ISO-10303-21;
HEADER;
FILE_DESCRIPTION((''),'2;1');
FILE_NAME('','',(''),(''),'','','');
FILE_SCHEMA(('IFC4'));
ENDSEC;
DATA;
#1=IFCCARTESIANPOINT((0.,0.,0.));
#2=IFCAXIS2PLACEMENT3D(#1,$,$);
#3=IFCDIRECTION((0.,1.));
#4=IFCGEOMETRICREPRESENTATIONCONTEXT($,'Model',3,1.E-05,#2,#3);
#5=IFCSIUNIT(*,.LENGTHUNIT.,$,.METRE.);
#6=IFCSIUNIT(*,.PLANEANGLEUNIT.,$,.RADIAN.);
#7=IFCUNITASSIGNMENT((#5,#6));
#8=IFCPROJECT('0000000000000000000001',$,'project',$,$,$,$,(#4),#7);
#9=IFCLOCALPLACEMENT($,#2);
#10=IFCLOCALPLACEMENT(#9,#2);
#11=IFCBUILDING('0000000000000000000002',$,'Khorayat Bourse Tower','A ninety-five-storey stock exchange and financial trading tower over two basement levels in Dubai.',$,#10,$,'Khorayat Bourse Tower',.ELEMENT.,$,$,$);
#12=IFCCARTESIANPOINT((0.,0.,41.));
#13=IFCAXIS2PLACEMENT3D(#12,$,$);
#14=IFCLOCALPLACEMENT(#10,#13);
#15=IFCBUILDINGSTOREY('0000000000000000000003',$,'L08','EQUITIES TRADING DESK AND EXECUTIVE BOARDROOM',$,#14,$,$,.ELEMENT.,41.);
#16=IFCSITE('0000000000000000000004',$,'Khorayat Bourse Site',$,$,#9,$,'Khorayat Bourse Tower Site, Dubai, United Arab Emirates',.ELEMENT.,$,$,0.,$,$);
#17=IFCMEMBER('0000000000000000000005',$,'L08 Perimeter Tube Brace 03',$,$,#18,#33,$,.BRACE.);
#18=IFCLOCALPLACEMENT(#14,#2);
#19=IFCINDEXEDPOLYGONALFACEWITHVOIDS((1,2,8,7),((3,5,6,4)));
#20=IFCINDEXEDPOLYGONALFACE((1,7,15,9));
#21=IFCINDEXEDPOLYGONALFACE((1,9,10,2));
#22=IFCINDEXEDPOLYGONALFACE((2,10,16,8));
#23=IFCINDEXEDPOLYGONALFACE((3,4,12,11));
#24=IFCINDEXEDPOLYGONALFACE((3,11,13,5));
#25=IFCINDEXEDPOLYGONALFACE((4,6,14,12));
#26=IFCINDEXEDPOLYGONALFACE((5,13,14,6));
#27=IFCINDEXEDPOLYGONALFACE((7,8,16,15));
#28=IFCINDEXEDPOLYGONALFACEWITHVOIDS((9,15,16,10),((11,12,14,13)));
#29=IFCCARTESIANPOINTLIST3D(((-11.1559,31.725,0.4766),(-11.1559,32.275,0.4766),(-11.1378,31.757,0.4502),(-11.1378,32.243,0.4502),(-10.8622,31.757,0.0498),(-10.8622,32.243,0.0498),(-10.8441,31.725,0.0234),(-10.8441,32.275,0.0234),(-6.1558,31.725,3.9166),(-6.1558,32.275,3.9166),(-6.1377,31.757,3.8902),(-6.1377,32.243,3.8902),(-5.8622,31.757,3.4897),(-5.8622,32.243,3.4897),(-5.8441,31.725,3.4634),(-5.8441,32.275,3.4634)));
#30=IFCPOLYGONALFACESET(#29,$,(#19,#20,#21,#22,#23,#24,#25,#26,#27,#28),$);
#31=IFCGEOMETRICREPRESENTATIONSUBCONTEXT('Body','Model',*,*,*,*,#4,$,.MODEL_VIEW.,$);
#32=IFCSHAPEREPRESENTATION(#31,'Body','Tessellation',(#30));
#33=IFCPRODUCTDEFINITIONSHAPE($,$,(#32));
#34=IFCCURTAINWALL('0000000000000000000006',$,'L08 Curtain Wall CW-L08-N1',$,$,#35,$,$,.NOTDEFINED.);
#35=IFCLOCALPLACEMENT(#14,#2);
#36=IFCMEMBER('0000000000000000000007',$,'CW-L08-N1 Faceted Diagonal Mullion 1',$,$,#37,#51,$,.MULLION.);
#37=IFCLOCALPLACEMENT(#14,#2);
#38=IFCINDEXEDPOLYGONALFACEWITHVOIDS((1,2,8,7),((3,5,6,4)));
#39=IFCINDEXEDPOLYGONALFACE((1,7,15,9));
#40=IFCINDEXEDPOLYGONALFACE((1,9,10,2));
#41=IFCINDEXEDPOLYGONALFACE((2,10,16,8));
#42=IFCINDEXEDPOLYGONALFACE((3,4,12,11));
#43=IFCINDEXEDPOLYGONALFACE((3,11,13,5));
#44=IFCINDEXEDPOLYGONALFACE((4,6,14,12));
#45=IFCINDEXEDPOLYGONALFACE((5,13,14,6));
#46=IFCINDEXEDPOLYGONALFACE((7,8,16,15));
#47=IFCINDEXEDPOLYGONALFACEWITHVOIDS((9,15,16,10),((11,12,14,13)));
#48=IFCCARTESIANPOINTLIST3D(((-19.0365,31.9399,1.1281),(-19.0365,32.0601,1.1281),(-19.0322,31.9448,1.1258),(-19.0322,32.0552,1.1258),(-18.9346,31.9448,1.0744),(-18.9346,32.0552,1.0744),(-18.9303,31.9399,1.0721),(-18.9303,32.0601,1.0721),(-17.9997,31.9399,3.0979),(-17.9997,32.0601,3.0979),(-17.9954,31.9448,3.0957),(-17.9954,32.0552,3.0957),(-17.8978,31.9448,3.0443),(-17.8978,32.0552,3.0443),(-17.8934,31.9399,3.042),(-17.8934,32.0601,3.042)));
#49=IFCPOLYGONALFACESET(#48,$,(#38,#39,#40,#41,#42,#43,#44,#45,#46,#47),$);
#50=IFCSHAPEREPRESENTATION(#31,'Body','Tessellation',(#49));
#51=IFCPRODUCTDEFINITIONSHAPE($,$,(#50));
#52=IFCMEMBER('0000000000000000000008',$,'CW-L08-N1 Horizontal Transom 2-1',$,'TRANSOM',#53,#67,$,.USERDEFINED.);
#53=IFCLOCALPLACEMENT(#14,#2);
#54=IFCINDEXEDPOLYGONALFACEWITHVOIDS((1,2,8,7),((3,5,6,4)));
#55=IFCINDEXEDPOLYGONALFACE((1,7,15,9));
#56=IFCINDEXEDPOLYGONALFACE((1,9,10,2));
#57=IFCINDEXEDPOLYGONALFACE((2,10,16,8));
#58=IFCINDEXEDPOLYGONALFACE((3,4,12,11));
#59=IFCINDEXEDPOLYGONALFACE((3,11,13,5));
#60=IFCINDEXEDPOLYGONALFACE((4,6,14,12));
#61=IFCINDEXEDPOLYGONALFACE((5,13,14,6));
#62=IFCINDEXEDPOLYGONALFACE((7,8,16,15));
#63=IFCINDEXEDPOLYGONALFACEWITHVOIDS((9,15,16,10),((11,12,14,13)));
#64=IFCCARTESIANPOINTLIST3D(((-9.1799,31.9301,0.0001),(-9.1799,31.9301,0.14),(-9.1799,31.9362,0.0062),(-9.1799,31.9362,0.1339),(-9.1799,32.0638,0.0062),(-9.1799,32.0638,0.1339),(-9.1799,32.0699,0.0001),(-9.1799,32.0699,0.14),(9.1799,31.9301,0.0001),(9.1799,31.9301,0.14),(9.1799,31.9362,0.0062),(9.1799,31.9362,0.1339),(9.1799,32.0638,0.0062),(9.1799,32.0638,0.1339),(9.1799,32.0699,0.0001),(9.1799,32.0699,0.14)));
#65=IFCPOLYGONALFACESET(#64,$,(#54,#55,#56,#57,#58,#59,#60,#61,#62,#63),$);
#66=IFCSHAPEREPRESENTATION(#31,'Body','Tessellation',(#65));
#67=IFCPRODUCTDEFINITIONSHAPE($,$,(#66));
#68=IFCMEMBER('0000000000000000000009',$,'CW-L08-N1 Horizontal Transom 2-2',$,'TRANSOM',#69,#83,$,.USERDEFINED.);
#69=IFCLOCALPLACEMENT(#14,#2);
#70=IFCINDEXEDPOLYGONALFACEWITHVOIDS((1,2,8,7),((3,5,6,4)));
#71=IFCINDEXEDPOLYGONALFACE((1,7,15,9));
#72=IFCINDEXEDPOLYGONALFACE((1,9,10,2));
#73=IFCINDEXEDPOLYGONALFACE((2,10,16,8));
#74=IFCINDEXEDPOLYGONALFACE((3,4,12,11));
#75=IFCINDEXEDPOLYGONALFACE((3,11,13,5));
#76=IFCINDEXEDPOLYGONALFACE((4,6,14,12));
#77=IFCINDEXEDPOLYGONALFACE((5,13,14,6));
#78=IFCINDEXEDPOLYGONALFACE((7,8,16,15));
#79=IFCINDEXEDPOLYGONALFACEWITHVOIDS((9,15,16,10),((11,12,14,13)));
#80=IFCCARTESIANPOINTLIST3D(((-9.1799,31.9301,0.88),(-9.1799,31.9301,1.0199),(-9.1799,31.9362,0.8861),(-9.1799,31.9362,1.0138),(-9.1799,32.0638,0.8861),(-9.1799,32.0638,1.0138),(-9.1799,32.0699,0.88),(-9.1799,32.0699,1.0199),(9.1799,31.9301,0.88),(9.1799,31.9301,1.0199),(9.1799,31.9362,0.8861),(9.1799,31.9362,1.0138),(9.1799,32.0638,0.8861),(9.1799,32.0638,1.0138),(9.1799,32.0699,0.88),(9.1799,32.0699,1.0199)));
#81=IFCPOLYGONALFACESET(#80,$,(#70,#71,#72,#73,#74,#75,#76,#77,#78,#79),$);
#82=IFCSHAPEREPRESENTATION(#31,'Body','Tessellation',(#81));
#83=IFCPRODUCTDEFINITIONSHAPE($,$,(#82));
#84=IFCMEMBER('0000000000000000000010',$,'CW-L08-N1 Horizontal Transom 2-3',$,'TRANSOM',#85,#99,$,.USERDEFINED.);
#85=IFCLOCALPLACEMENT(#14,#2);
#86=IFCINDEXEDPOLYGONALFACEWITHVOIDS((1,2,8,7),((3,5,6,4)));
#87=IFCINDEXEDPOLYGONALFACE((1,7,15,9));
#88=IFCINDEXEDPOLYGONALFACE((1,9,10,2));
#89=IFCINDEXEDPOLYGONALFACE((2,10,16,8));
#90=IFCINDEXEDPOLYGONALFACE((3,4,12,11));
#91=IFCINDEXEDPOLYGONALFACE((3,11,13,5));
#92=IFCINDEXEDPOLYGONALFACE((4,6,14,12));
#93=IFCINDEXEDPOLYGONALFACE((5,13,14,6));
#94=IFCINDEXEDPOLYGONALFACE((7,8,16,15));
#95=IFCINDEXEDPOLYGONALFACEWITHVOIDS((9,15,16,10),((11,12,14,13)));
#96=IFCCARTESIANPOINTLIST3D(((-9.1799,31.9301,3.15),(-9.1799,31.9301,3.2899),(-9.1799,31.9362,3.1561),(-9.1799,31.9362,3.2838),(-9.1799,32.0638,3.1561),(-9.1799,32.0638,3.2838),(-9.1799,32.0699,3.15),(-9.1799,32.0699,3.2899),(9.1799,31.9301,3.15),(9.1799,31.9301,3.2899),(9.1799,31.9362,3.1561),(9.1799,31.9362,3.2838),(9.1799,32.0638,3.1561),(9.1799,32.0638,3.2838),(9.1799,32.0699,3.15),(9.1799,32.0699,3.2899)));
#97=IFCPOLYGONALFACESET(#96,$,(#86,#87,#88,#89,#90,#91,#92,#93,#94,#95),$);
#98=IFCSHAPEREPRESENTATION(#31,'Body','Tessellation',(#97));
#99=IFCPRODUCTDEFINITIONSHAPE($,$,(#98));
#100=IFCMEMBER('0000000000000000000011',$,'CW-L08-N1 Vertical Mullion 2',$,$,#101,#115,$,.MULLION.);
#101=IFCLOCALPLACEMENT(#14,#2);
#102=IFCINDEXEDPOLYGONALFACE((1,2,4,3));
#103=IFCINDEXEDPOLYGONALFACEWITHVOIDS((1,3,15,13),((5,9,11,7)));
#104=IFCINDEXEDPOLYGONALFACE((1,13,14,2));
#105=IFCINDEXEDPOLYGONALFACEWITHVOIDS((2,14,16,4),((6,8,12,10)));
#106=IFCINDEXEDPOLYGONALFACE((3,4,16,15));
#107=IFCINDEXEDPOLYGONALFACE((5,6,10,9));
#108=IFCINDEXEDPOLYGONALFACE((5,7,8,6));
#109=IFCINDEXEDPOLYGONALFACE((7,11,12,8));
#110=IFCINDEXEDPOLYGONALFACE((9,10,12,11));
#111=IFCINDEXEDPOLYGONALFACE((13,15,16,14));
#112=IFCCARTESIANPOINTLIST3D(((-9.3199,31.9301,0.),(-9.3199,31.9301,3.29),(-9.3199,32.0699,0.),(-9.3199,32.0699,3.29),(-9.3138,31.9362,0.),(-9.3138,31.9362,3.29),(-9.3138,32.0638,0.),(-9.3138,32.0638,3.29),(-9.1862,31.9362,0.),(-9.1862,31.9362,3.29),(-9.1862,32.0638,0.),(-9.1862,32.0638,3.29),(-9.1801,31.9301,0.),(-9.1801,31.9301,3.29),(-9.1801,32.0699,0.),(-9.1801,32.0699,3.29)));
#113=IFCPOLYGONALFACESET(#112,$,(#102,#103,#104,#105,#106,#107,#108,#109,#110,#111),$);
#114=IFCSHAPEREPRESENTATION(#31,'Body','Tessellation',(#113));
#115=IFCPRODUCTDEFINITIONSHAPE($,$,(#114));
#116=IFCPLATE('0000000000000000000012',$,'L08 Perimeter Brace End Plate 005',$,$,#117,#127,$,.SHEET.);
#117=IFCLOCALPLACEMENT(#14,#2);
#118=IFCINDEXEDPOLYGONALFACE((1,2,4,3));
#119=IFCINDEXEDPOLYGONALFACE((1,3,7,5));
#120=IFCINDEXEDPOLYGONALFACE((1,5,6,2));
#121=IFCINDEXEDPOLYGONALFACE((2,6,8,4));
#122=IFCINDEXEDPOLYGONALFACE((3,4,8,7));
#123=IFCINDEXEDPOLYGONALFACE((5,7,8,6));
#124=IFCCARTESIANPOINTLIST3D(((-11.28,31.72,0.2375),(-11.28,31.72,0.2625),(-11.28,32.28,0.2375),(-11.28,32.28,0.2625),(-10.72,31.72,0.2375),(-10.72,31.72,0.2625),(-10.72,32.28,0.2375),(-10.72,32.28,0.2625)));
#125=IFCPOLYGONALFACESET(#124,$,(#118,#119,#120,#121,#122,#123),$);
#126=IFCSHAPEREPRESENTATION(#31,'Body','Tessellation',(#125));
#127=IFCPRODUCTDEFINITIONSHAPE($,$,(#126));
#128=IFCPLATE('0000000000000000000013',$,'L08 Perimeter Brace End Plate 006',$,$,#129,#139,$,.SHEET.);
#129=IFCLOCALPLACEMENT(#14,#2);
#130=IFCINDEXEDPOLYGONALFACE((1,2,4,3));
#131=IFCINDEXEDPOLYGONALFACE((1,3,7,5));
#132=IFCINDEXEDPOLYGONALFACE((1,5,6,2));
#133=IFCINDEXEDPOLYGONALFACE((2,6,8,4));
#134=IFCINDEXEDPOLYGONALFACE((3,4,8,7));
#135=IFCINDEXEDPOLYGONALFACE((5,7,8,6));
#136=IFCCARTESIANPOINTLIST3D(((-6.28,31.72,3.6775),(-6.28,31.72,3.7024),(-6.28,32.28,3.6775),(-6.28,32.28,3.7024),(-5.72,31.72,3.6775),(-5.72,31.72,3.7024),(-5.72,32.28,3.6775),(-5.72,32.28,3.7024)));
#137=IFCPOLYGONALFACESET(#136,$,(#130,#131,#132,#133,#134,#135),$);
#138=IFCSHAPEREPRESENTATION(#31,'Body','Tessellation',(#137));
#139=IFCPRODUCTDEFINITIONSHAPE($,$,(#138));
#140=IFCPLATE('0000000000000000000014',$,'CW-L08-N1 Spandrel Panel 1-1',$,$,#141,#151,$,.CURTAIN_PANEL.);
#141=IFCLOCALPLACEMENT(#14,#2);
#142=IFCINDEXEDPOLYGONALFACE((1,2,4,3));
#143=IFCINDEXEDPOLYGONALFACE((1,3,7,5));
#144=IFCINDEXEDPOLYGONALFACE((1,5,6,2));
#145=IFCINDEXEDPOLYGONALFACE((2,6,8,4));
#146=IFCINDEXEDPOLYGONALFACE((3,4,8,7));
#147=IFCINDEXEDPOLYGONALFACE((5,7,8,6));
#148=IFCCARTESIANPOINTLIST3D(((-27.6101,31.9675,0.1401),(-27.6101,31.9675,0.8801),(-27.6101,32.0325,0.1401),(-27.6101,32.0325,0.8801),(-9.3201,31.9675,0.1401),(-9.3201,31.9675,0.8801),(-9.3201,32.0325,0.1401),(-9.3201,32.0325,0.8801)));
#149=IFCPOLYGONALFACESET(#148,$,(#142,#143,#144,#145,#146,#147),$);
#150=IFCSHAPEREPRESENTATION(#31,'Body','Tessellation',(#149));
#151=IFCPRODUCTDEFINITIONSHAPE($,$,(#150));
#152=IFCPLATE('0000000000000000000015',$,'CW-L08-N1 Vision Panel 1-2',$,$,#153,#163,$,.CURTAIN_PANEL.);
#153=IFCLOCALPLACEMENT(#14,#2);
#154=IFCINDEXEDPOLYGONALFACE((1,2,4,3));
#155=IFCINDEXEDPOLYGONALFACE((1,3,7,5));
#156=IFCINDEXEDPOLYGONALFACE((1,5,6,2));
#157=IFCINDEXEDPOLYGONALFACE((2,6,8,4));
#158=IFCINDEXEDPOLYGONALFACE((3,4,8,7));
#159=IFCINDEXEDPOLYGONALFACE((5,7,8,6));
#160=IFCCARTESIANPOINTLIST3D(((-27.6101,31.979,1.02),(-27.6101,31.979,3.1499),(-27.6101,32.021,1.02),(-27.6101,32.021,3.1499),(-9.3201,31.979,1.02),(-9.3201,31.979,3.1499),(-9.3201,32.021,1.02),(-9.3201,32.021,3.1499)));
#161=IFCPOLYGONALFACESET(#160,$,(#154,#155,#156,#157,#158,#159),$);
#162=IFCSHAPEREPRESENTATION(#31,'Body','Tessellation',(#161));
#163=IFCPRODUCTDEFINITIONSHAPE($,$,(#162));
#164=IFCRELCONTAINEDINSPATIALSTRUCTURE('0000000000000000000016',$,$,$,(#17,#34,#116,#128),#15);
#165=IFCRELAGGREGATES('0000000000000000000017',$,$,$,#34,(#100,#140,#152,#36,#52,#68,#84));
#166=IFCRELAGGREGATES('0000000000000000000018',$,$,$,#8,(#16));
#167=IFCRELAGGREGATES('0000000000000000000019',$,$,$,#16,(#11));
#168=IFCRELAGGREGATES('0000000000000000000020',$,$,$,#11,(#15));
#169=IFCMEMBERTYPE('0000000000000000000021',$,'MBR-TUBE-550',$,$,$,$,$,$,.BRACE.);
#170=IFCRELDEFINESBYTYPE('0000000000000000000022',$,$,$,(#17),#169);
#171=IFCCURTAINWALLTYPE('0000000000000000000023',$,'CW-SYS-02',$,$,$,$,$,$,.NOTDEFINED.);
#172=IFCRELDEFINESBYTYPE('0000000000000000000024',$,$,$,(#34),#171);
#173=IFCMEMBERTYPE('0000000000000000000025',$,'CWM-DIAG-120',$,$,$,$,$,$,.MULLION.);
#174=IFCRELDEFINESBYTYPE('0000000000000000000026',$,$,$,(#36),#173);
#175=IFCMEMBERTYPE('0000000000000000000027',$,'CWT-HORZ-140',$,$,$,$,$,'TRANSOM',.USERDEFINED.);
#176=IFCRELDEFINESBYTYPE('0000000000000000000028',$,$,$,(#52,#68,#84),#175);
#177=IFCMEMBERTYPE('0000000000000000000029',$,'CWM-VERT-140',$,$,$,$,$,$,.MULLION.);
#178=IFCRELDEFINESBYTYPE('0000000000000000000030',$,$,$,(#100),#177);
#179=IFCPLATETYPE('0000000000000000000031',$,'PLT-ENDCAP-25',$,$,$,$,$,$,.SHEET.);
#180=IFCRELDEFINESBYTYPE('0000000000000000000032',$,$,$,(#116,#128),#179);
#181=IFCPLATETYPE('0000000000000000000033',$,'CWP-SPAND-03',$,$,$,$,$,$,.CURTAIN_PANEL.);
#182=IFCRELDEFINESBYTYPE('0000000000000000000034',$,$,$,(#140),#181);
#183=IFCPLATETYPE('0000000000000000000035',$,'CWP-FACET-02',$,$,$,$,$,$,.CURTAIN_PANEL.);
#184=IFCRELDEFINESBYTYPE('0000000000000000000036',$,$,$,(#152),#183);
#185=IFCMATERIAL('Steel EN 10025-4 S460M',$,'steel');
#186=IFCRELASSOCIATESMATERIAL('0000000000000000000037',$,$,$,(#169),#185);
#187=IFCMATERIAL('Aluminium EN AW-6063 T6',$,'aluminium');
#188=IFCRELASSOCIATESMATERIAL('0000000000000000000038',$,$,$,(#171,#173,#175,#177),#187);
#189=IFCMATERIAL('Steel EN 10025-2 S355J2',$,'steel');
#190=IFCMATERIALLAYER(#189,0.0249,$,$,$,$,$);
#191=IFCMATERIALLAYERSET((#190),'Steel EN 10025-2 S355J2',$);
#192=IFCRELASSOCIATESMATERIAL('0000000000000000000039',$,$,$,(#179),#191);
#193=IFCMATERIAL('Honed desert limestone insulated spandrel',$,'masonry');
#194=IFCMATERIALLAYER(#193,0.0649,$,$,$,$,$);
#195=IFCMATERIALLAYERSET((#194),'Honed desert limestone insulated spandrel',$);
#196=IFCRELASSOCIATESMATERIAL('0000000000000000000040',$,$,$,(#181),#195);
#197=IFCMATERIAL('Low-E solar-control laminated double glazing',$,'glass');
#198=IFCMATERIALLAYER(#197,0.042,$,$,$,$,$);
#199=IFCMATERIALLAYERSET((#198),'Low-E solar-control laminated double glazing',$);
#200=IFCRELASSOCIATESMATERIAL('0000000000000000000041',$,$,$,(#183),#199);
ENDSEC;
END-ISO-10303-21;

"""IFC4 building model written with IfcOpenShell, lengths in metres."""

from ifc_helpers import new_model, si_unit, direction, frame, origin, origin_2d, place, context, subcontext, project, spatial, rectangle, hollow_rectangle, extrude, source, transform, mapped, material, layer, layer_set, material_profile, profile_set, type_object, element, aggregate, save


model = new_model("IFC4")

# Units and contexts
model_context = context("Model", 3, precision=1e-05, world=origin(), true_north=direction((0.0, 1.0)))
body_context = subcontext(model_context, "Body", "Model", "MODEL_VIEW")
ifc_project = project(units=[si_unit("LENGTHUNIT", "METRE"), si_unit("PLANEANGLEUNIT", "RADIAN")], contexts=[model_context])

# Site, building, storey
site_placement = place(None, origin())
site = spatial("IfcSite", under=ifc_project, at=site_placement, Name="Khorayat Bourse Site", LongName="Khorayat Bourse Tower Site, Dubai, United Arab Emirates", CompositionType="ELEMENT", RefElevation=0.0)
building_placement = place(site_placement, origin())
building = spatial("IfcBuilding", under=site, at=building_placement, Name="Khorayat Bourse Tower", Description="A ninety-five-storey stock exchange and financial trading tower over two basement levels in Dubai.", LongName="Khorayat Bourse Tower", CompositionType="ELEMENT")
storey_placement = place(building_placement, frame((0.0, 0.0, 41.0)))
storey = spatial("IfcBuildingStorey", under=building, at=storey_placement, Name="L08", Description="EQUITIES TRADING DESK AND EXECUTIVE BOARDROOM", CompositionType="ELEMENT", Elevation=41.0)

# Shared definitions
ifc_material_1 = material(Name="Steel EN 10025-4 S460M", Category="steel")

# Member
ifc_material_profile_1 = material_profile(ifc_material_1, hollow_rectangle(XDim=0.55, YDim=0.55, WallThickness=0.032, at=origin_2d()), Name="HSS 550x550x32")
ifc_profile_set_1 = profile_set([ifc_material_profile_1], Name="Steel EN 10025-4 S460M")
member_type_1 = type_object("IfcMemberType", Name="MBR-TUBE-550", PredefinedType="BRACE", material=ifc_profile_set_1)
shared_shape_1 = source(origin(), body_context, "Body", "SweptSolid", [
    extrude(hollow_rectangle(XDim=0.55, YDim=0.55, WallThickness=0.032, at=origin_2d()), origin(), (0.0, 0.0, 1.0), 6.0691),
])
member_1_placement = place(storey_placement, frame((-11.0, 32.0, 0.25), z_axis=(0.823854, 0.0, 0.566802), x_axis=(0.0, 1.0, 0.0)))
element("IfcMember", 1, at=member_1_placement, inside=storey, type_object=member_type_1, Name="L08 Perimeter Tube Brace 03", PredefinedType="BRACE", context=body_context, shape_type="MappedRepresentation", body=[
    mapped(shared_shape_1, transform((0.0, 0.0, 0.0), scale=1.0)),
])

# Curtain wall, members
ifc_material_2 = material(Name="Aluminium EN AW-6063 T6", Category="aluminium")
curtain_wall_type = type_object("IfcCurtainWallType", Name="CW-SYS-02", PredefinedType="NOTDEFINED", material=ifc_material_2)
curtain_wall_placement = place(storey_placement, origin())
curtain_wall = element("IfcCurtainWall", 2, at=curtain_wall_placement, inside=storey, type_object=curtain_wall_type, Name="L08 Curtain Wall CW-L08-N1", PredefinedType="NOTDEFINED")
ifc_material_profile_2 = material_profile(ifc_material_2, hollow_rectangle(XDim=0.1201, YDim=0.1201, WallThickness=0.0049, at=origin_2d()), Name="ALU 120x120x5")
ifc_profile_set_2 = profile_set([ifc_material_profile_2], Name="Aluminium EN AW-6063 T6")
member_type_2 = type_object("IfcMemberType", Name="CWM-DIAG-120", PredefinedType="MULLION", material=ifc_profile_set_2)
shared_shape_2 = source(origin(), body_context, "Body", "SweptSolid", [
    extrude(hollow_rectangle(XDim=0.1201, YDim=0.1201, WallThickness=0.0049, at=origin_2d()), origin(), (0.0, 0.0, 1.0), 2.2261),
])
member_2_placement = place(storey_placement, frame((-18.9834, 32.0, 1.1001), z_axis=(0.46576, 0.0, 0.884911), x_axis=(0.0, 1.0, 0.0)))
member_2 = element("IfcMember", 3, at=member_2_placement, type_object=member_type_2, Name="CW-L08-N1 Faceted Diagonal Mullion 1", PredefinedType="MULLION", context=body_context, shape_type="MappedRepresentation", body=[
    mapped(shared_shape_2, transform((0.0, 0.0, 0.0), scale=1.0)),
])
ifc_material_profile_3 = material_profile(ifc_material_2, hollow_rectangle(XDim=0.1399, YDim=0.1399, WallThickness=0.0061, at=origin_2d()), Name="ALU 140x140x6")
ifc_profile_set_3 = profile_set([ifc_material_profile_3], Name="Aluminium EN AW-6063 T6")
member_type_3 = type_object("IfcMemberType", Name="CWT-HORZ-140", ElementType="TRANSOM", PredefinedType="USERDEFINED", material=ifc_profile_set_3)
shared_shape_3 = source(origin(), body_context, "Body", "SweptSolid", [
    extrude(hollow_rectangle(XDim=0.1399, YDim=0.1399, WallThickness=0.0061, at=origin_2d()), origin(), (0.0, 0.0, 1.0), 18.3599),
])
member_3_placement = place(storey_placement, frame((-9.1799, 32.0, 0.0701), z_axis=(1.0, 0.0, 0.0), x_axis=(0.0, 1.0, 0.0)))
member_3 = element("IfcMember", 4, at=member_3_placement, type_object=member_type_3, Name="CW-L08-N1 Horizontal Transom 2-1", ObjectType="TRANSOM", PredefinedType="USERDEFINED", context=body_context, shape_type="MappedRepresentation", body=[
    mapped(shared_shape_3, transform((0.0, 0.0, 0.0), scale=1.0)),
])
member_4_placement = place(storey_placement, frame((-9.1799, 32.0, 0.95), z_axis=(1.0, 0.0, 0.0), x_axis=(0.0, 1.0, 0.0)))
member_4 = element("IfcMember", 5, at=member_4_placement, type_object=member_type_3, Name="CW-L08-N1 Horizontal Transom 2-2", ObjectType="TRANSOM", PredefinedType="USERDEFINED", context=body_context, shape_type="MappedRepresentation", body=[
    mapped(shared_shape_3, transform((0.0, 0.0, 0.0), scale=1.0)),
])
member_5_placement = place(storey_placement, frame((-9.1799, 32.0, 3.22), z_axis=(1.0, 0.0, 0.0), x_axis=(0.0, 1.0, 0.0)))
member_5 = element("IfcMember", 6, at=member_5_placement, type_object=member_type_3, Name="CW-L08-N1 Horizontal Transom 2-3", ObjectType="TRANSOM", PredefinedType="USERDEFINED", context=body_context, shape_type="MappedRepresentation", body=[
    mapped(shared_shape_3, transform((0.0, 0.0, 0.0), scale=1.0)),
])
ifc_material_profile_4 = material_profile(ifc_material_2, hollow_rectangle(XDim=0.1399, YDim=0.1399, WallThickness=0.0061, at=origin_2d()), Name="ALU 140x140x6")
ifc_profile_set_4 = profile_set([ifc_material_profile_4], Name="Aluminium EN AW-6063 T6")
member_type_4 = type_object("IfcMemberType", Name="CWM-VERT-140", PredefinedType="MULLION", material=ifc_profile_set_4)
shared_shape_4 = source(origin(), body_context, "Body", "SweptSolid", [
    extrude(hollow_rectangle(XDim=0.1399, YDim=0.1399, WallThickness=0.0061, at=origin_2d()), origin(), (0.0, 0.0, 1.0), 3.29),
])
member_6_placement = place(storey_placement, frame((-9.25, 32.0, 0.0), z_axis=(0.0, 0.0, 1.0), x_axis=(0.0, 1.0, 0.0)))
member_6 = element("IfcMember", 7, at=member_6_placement, type_object=member_type_4, Name="CW-L08-N1 Vertical Mullion 2", PredefinedType="MULLION", context=body_context, shape_type="MappedRepresentation", body=[
    mapped(shared_shape_4, transform((0.0, 0.0, 0.0), scale=1.0)),
])

# Plates
ifc_material_3 = material(Name="Steel EN 10025-2 S355J2", Category="steel")
ifc_layer_1 = layer(ifc_material_3, 0.0249)
ifc_layer_set_1 = layer_set([ifc_layer_1], Name="Steel EN 10025-2 S355J2")
plate_type_1 = type_object("IfcPlateType", Name="PLT-ENDCAP-25", PredefinedType="SHEET", material=ifc_layer_set_1)
shared_shape_5 = source(origin(), body_context, "Body", "SweptSolid", [
    extrude(rectangle(XDim=0.5601, YDim=0.5601, at=origin_2d()), origin(), (0.0, 0.0, 1.0), 0.0249),
])
for number, where, z_axis, x_axis, name in (
    (8, (-11.0, 32.0, 0.2375), (0.0, 0.0, 1.0), (1.0, 0.0, 0.0), "L08 Perimeter Brace End Plate 005"),
    (9, (-6.0, 32.0, 3.6775), (0.0, 0.0, 1.0), (1.0, 0.0, 0.0), "L08 Perimeter Brace End Plate 006"),
):
    element("IfcPlate", number, at=place(storey_placement, frame(where, z_axis=z_axis, x_axis=x_axis)), inside=storey, type_object=plate_type_1, Name=name, PredefinedType="SHEET", context=body_context, shape_type="MappedRepresentation", body=[
        mapped(shared_shape_5, transform((0.0, 0.0, 0.0), scale=1.0)),
    ])

# Plates
ifc_material_4 = material(Name="Honed desert limestone insulated spandrel", Category="masonry")
ifc_layer_2 = layer(ifc_material_4, 0.0649)
ifc_layer_set_2 = layer_set([ifc_layer_2], Name="Honed desert limestone insulated spandrel")
plate_type_2 = type_object("IfcPlateType", Name="CWP-SPAND-03", PredefinedType="CURTAIN_PANEL", material=ifc_layer_set_2)
shared_shape_6 = source(origin(), body_context, "Body", "SweptSolid", [
    extrude(rectangle(XDim=18.29, YDim=0.0649, at=origin_2d()), origin(), (0.0, 0.0, 1.0), 0.74),
])
plate_1_placement = place(storey_placement, frame((-18.4651, 32.0, 0.1401), z_axis=(0.0, 0.0, 1.0), x_axis=(1.0, 0.0, 0.0)))
plate_1 = element("IfcPlate", 10, at=plate_1_placement, type_object=plate_type_2, Name="CW-L08-N1 Spandrel Panel 1-1", PredefinedType="CURTAIN_PANEL", context=body_context, shape_type="MappedRepresentation", body=[
    mapped(shared_shape_6, transform((0.0, 0.0, 0.0), scale=1.0)),
])
ifc_material_5 = material(Name="Low-E solar-control laminated double glazing", Category="glass")
ifc_layer_3 = layer(ifc_material_5, 0.042)
ifc_layer_set_3 = layer_set([ifc_layer_3], Name="Low-E solar-control laminated double glazing")
plate_type_3 = type_object("IfcPlateType", Name="CWP-FACET-02", PredefinedType="CURTAIN_PANEL", material=ifc_layer_set_3)
shared_shape_7 = source(origin(), body_context, "Body", "SweptSolid", [
    extrude(rectangle(XDim=18.29, YDim=0.042, at=origin_2d()), origin(), (0.0, 0.0, 1.0), 2.1299),
])
plate_2_placement = place(storey_placement, frame((-18.4651, 32.0, 1.02), z_axis=(0.0, 0.0, 1.0), x_axis=(1.0, 0.0, 0.0)))
plate_2 = element("IfcPlate", 11, at=plate_2_placement, type_object=plate_type_3, Name="CW-L08-N1 Vision Panel 1-2", PredefinedType="CURTAIN_PANEL", context=body_context, shape_type="MappedRepresentation", body=[
    mapped(shared_shape_7, transform((0.0, 0.0, 0.0), scale=1.0)),
])
aggregate(curtain_wall, [member_6, plate_1, plate_2, member_2, member_3, member_4, member_5])

save(model, "model.ifc")
